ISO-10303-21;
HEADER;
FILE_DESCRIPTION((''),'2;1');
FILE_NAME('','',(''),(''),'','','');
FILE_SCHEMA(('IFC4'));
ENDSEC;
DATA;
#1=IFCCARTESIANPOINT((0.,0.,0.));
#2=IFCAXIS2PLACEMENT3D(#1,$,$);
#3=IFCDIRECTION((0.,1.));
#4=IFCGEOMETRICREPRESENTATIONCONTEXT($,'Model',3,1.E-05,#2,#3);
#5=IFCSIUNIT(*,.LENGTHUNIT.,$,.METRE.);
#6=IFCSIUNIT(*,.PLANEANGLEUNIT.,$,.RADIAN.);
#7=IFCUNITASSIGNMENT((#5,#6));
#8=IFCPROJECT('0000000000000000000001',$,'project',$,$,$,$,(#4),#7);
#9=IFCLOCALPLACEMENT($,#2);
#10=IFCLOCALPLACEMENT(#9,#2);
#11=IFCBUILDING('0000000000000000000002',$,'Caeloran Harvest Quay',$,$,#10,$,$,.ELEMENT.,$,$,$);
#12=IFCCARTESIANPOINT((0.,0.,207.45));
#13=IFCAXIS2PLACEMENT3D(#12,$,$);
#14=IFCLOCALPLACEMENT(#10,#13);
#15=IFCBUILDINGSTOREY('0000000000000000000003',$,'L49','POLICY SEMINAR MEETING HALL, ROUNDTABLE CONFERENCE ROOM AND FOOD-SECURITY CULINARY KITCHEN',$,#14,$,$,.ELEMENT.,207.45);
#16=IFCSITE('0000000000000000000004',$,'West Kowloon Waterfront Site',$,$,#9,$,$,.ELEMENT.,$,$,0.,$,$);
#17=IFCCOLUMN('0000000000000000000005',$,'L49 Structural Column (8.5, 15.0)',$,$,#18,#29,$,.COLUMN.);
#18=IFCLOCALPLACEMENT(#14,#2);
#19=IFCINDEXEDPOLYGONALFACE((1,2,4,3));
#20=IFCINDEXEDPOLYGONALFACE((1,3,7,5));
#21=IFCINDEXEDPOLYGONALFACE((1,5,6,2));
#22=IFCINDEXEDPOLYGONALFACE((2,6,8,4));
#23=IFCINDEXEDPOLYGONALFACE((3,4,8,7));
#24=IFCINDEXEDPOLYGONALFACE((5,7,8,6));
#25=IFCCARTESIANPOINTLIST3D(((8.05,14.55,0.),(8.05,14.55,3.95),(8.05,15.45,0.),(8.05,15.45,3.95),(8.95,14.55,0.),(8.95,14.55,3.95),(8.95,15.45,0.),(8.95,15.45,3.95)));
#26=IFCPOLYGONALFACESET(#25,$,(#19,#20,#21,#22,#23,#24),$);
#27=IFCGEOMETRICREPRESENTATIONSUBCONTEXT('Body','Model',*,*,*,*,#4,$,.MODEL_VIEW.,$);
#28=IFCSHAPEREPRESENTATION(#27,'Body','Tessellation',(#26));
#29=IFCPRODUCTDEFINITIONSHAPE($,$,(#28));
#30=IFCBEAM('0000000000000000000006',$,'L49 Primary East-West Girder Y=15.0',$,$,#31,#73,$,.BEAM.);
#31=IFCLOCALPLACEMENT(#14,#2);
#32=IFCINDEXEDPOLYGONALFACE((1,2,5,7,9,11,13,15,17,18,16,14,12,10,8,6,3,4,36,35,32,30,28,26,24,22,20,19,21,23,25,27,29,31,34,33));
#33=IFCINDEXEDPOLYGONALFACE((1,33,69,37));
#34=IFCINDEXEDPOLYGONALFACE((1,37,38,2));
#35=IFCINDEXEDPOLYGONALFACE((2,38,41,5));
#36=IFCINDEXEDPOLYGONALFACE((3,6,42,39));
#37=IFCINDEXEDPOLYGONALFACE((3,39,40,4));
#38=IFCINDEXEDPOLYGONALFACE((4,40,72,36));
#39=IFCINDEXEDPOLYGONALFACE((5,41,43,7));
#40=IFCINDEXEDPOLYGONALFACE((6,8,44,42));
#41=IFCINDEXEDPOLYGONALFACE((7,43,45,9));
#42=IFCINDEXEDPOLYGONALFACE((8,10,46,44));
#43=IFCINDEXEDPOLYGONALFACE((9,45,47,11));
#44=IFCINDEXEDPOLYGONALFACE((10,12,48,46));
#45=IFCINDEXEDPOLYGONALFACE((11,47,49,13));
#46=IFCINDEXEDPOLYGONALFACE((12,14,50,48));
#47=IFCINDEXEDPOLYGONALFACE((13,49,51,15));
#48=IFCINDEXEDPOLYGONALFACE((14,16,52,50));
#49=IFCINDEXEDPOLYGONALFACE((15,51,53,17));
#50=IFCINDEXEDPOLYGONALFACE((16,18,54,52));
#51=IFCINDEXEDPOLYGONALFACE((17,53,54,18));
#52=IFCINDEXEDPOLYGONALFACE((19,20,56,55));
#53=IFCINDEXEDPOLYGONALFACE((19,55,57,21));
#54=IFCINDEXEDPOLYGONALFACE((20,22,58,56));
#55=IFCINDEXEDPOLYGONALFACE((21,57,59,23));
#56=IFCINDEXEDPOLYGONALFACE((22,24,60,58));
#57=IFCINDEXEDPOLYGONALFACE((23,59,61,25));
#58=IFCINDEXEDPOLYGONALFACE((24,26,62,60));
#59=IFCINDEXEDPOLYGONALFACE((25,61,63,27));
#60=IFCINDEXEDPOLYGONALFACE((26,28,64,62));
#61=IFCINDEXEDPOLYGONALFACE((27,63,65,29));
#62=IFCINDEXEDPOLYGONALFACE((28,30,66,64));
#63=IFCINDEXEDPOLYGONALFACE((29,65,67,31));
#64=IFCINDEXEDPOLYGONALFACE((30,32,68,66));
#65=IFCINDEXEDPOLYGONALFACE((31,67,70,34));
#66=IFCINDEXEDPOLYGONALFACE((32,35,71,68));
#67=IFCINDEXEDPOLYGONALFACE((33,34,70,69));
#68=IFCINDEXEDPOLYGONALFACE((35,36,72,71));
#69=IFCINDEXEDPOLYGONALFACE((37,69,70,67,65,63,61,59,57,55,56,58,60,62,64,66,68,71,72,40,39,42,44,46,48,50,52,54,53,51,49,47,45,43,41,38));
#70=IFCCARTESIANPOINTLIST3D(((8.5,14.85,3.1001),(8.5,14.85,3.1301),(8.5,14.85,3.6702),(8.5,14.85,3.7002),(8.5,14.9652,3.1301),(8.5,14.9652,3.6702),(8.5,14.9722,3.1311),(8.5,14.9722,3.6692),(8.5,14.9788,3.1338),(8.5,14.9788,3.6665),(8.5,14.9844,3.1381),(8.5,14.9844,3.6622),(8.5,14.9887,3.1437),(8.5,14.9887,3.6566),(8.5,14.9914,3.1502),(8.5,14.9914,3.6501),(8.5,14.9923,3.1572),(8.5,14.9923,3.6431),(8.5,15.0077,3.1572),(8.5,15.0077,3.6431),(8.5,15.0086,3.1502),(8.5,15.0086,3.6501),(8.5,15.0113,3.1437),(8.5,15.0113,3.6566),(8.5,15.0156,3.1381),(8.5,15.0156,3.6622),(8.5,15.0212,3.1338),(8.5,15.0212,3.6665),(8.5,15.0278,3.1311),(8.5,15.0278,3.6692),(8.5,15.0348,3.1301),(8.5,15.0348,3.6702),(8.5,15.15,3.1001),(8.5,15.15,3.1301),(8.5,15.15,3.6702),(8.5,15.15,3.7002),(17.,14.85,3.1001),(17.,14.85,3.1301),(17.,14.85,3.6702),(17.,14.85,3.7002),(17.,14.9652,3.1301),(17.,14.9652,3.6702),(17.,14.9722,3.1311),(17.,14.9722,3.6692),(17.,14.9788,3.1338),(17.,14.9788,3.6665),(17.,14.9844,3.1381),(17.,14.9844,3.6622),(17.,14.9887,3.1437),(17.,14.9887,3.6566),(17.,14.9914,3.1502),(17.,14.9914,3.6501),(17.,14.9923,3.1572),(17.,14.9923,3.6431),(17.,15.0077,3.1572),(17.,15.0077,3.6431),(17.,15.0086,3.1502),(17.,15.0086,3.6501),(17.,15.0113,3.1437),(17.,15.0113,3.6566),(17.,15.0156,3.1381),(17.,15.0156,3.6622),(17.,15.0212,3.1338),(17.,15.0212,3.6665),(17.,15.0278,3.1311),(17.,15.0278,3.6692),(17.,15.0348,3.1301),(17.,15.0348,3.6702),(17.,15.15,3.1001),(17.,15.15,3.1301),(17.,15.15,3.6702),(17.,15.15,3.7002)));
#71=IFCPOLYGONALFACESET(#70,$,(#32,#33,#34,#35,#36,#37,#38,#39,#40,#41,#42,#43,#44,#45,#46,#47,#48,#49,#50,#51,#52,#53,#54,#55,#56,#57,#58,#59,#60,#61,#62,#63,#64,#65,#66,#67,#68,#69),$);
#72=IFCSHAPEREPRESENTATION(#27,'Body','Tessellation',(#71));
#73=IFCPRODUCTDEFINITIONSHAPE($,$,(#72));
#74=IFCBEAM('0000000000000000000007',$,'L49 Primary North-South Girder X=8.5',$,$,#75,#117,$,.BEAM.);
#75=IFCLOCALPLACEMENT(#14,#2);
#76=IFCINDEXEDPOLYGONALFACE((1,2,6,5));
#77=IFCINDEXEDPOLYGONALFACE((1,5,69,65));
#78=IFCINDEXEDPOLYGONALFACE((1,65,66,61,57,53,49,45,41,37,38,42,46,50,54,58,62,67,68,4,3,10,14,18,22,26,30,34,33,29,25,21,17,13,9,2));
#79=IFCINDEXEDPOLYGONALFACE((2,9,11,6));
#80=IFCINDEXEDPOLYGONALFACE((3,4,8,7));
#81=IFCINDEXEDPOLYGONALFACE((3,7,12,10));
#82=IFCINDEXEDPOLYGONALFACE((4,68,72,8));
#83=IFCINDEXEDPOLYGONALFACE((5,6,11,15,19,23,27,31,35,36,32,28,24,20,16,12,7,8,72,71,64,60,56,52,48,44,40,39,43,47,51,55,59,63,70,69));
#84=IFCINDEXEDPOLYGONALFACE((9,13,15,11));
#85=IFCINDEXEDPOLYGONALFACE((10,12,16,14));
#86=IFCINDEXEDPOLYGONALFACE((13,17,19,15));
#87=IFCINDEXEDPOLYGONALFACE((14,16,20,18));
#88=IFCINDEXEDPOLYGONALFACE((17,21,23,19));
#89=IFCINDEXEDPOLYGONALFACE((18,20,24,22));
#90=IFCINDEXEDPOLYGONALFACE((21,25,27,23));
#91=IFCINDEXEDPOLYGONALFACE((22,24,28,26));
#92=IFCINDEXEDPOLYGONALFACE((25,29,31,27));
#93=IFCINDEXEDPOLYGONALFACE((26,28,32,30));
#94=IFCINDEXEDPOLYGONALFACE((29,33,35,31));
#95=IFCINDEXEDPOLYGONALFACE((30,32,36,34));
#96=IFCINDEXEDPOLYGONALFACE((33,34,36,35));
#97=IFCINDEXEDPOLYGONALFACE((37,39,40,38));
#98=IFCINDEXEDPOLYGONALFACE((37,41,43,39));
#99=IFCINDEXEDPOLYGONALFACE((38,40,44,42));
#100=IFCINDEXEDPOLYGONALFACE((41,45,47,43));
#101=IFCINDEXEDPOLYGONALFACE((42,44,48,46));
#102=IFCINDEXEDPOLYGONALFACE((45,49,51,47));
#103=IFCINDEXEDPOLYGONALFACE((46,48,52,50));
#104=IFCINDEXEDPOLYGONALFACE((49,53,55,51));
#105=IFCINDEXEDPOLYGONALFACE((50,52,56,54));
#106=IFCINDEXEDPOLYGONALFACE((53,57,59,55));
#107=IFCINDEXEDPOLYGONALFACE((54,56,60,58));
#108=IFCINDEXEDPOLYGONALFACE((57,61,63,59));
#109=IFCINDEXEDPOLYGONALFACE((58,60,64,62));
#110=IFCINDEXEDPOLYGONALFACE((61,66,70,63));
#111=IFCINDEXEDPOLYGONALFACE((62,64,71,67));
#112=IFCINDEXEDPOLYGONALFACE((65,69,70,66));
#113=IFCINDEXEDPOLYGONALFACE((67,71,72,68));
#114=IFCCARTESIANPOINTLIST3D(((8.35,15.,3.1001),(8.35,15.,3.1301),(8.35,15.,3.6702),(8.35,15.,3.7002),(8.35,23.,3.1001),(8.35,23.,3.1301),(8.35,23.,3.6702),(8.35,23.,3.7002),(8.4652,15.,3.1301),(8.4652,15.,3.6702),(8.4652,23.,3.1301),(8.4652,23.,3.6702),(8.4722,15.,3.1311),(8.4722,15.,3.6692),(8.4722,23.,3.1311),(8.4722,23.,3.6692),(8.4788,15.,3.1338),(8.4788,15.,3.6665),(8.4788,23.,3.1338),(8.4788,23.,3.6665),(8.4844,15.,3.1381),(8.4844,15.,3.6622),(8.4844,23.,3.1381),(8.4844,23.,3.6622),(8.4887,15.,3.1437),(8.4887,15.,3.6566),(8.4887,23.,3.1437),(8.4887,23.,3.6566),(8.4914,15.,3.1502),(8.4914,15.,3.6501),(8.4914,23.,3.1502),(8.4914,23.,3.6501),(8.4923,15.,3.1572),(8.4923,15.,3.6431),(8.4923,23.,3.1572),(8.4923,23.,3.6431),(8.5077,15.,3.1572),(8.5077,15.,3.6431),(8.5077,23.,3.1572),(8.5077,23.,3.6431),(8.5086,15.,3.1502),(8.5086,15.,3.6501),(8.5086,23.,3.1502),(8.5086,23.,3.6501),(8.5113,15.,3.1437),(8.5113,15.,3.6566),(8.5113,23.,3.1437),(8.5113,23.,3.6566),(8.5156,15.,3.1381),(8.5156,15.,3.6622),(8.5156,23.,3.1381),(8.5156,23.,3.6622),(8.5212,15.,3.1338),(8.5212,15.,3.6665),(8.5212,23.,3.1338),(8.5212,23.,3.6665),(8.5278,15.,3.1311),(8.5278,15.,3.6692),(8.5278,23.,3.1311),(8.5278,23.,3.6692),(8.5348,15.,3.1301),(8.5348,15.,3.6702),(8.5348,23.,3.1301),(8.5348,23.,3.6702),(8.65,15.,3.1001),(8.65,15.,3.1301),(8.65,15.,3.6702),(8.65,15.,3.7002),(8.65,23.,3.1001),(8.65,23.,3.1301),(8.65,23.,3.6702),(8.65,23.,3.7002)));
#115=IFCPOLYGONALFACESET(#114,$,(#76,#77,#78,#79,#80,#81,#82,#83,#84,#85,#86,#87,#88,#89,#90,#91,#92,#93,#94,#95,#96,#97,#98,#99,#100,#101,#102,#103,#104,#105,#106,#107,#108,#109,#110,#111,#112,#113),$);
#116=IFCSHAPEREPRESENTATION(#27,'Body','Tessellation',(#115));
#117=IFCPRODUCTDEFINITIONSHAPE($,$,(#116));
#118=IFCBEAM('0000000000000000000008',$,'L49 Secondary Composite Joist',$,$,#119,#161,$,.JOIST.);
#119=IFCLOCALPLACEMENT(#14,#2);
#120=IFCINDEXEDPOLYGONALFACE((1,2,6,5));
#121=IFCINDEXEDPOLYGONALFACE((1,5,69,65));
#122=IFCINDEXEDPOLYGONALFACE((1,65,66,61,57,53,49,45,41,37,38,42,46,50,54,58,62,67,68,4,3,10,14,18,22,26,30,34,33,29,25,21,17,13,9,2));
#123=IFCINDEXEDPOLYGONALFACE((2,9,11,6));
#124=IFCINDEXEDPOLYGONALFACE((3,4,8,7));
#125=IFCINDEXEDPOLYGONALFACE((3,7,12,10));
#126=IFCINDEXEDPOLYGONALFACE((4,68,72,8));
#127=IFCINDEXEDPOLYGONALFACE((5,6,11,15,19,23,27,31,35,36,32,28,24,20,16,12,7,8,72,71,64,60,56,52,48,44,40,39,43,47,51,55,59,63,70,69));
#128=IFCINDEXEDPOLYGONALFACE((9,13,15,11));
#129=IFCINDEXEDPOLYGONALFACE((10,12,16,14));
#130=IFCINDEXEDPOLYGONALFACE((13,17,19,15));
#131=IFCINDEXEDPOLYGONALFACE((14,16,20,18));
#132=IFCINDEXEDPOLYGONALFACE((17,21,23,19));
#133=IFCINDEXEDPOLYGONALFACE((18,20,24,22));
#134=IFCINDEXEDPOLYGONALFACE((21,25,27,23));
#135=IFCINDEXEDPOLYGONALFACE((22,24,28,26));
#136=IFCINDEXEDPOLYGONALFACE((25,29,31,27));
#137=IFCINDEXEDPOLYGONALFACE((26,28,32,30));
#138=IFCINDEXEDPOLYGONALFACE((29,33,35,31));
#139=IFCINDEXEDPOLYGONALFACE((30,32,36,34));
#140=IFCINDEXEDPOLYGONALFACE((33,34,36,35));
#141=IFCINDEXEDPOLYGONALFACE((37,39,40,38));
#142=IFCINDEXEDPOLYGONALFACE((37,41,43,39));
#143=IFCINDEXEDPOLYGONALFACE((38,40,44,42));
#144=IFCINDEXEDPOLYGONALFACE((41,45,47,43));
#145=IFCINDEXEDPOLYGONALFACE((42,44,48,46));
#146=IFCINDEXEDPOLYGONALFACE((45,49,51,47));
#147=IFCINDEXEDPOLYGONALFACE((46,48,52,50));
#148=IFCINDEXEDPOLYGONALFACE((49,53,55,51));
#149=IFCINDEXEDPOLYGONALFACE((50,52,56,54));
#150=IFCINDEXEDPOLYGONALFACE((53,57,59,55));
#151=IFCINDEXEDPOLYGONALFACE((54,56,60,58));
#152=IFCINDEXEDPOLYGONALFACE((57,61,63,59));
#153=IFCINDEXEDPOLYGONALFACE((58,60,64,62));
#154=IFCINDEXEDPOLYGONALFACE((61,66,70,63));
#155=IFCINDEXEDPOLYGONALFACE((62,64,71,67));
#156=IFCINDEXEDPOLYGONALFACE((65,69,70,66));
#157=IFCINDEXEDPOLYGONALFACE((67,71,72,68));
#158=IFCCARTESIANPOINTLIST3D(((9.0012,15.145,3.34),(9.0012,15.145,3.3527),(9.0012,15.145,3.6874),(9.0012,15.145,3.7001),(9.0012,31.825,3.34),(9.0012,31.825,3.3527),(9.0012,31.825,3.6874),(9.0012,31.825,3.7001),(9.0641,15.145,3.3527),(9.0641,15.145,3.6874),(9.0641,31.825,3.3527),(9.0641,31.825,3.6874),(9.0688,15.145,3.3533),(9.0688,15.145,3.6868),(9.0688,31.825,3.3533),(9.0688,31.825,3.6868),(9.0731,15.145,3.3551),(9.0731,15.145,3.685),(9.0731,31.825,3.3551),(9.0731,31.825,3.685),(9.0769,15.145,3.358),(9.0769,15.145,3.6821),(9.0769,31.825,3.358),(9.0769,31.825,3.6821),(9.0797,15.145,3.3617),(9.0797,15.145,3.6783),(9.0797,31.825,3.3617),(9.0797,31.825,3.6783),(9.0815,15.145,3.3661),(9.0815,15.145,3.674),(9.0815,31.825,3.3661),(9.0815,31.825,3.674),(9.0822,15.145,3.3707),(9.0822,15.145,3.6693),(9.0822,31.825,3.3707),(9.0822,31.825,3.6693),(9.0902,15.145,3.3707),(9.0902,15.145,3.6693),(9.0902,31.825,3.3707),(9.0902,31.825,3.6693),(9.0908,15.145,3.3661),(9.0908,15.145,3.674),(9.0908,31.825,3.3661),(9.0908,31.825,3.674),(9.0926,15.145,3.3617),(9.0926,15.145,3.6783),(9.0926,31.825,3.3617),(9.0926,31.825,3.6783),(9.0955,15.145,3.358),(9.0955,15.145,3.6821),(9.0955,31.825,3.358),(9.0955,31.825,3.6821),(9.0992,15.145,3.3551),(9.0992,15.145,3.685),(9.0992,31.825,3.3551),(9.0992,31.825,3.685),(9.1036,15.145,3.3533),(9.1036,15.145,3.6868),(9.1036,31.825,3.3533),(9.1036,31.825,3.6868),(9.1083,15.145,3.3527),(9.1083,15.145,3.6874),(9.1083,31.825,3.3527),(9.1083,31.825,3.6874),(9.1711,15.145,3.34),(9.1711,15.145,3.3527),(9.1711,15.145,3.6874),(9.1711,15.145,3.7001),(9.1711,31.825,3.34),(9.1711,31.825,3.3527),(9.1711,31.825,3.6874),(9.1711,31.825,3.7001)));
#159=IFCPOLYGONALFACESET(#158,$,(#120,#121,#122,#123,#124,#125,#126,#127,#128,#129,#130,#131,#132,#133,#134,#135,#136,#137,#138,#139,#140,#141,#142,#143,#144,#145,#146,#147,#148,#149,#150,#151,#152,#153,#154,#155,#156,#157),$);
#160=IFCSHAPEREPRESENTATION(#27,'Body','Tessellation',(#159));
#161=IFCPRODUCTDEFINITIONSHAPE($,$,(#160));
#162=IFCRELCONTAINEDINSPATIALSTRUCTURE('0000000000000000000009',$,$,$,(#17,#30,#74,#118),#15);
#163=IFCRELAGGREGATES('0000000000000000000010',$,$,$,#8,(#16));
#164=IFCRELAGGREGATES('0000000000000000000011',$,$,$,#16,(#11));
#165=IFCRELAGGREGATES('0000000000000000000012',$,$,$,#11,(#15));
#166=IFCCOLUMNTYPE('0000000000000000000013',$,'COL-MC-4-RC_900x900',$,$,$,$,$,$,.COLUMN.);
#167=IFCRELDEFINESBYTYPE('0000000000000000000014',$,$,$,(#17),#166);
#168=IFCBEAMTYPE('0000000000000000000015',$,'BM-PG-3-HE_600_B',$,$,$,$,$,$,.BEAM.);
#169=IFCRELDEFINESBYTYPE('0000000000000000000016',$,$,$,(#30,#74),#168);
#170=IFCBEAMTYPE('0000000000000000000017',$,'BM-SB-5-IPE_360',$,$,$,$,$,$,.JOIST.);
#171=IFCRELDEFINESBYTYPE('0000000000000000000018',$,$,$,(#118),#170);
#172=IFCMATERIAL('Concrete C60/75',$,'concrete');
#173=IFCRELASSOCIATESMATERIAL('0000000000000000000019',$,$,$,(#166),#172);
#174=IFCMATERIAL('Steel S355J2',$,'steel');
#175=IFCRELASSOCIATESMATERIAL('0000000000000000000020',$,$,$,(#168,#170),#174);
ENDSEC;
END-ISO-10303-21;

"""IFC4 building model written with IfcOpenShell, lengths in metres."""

from ifc_helpers import new_model, si_unit, direction, frame, origin, origin_2d, place, context, subcontext, project, spatial, rectangle, i_section, extrude, material, material_profile, profile_set, type_object, element, save


model = new_model("IFC4")

# Units and contexts
model_context = context("Model", 3, precision=1e-05, world=origin(), true_north=direction((0.0, 1.0)))
body_context = subcontext(model_context, "Body", "Model", "MODEL_VIEW")
ifc_project = project(units=[si_unit("LENGTHUNIT", "METRE"), si_unit("PLANEANGLEUNIT", "RADIAN")], contexts=[model_context])

# Site, building, storey
site_placement = place(None, origin())
site = spatial("IfcSite", under=ifc_project, at=site_placement, Name="West Kowloon Waterfront Site", CompositionType="ELEMENT", RefElevation=0.0)
building_placement = place(site_placement, origin())
building = spatial("IfcBuilding", under=site, at=building_placement, Name="Caeloran Harvest Quay", CompositionType="ELEMENT")
storey_placement = place(building_placement, frame((0.0, 0.0, 207.45)))
storey = spatial("IfcBuildingStorey", under=building, at=storey_placement, Name="L49", Description="POLICY SEMINAR MEETING HALL, ROUNDTABLE CONFERENCE ROOM AND FOOD-SECURITY CULINARY KITCHEN", CompositionType="ELEMENT", Elevation=207.45)

# Column
ifc_material_1 = material(Name="Concrete C60/75", Category="concrete")
ifc_material_profile_1 = material_profile(ifc_material_1, rectangle(XDim=0.8999, YDim=0.8999, at=origin_2d()), Name="RC 900x900")
ifc_profile_set_1 = profile_set([ifc_material_profile_1], Name="Concrete C60/75")
column_type = type_object("IfcColumnType", Name="COL-MC-4-RC_900x900", PredefinedType="COLUMN", material=ifc_profile_set_1)
column_placement = place(storey_placement, frame((8.5, 15.0, 0.0), z_axis=(0.0, 0.0, 1.0), x_axis=(1.0, 0.0, 0.0)))
element("IfcColumn", 1, at=column_placement, inside=storey, type_object=column_type, Name="L49 Structural Column (8.5, 15.0)", PredefinedType="COLUMN", context=body_context, shape_type="SweptSolid", body=[
    extrude(rectangle(XDim=0.8999, YDim=0.8999, at=origin_2d()), origin(), (0.0, 0.0, 1.0), 3.95),
])

# Beams
ifc_material_2 = material(Name="Steel S355J2", Category="steel")
ifc_material_profile_2 = material_profile(ifc_material_2, i_section(OverallWidth=0.3, OverallDepth=0.6001, WebThickness=0.0154, FlangeThickness=0.03, FilletRadius=0.0271, at=origin_2d()), Name="HE 600 B")
ifc_profile_set_2 = profile_set([ifc_material_profile_2], Name="Steel S355J2")
beam_type_1 = type_object("IfcBeamType", Name="BM-PG-3-HE_600_B", PredefinedType="BEAM", material=ifc_profile_set_2)
beam_1_placement = place(storey_placement, frame((8.5, 15.0, 3.4001), z_axis=(1.0, 0.0, 0.0), x_axis=(0.0, 1.0, 0.0)))
element("IfcBeam", 2, at=beam_1_placement, inside=storey, type_object=beam_type_1, Name="L49 Primary East-West Girder Y=15.0", PredefinedType="BEAM", context=body_context, shape_type="SweptSolid", body=[
    extrude(i_section(OverallWidth=0.3, OverallDepth=0.6001, WebThickness=0.0154, FlangeThickness=0.03, FilletRadius=0.0271, at=origin_2d()), origin(), (0.0, 0.0, 1.0), 8.5),
])
beam_2_placement = place(storey_placement, frame((8.5, 15.0, 3.4001), z_axis=(0.0, 1.0, 0.0), x_axis=(-1.0, 0.0, 0.0)))
element("IfcBeam", 3, at=beam_2_placement, inside=storey, type_object=beam_type_1, Name="L49 Primary North-South Girder X=8.5", PredefinedType="BEAM", context=body_context, shape_type="SweptSolid", body=[
    extrude(i_section(OverallWidth=0.3, OverallDepth=0.6001, WebThickness=0.0154, FlangeThickness=0.03, FilletRadius=0.0271, at=origin_2d()), origin(), (0.0, 0.0, 1.0), 8.0),
])
ifc_material_profile_3 = material_profile(ifc_material_2, i_section(OverallWidth=0.1699, OverallDepth=0.3601, WebThickness=0.0081, FlangeThickness=0.0127, FilletRadius=0.0181, at=origin_2d()), Name="IPE 360")
ifc_profile_set_3 = profile_set([ifc_material_profile_3], Name="Steel S355J2")
beam_type_2 = type_object("IfcBeamType", Name="BM-SB-5-IPE_360", PredefinedType="JOIST", material=ifc_profile_set_3)
for number, where, z_axis, x_axis, name in (
    (4, (9.0862, 15.145, 3.52), (0.0, 1.0, 0.0), (-1.0, 0.0, 0.0), "L49 Secondary Composite Joist"),
):
    element("IfcBeam", number, at=place(storey_placement, frame(where, z_axis=z_axis, x_axis=x_axis)), inside=storey, type_object=beam_type_2, Name=name, PredefinedType="JOIST", context=body_context, shape_type="SweptSolid", body=[
        extrude(i_section(OverallWidth=0.1699, OverallDepth=0.3601, WebThickness=0.0081, FlangeThickness=0.0127, FilletRadius=0.0181, at=origin_2d()), origin(), (0.0, 0.0, 1.0), 16.6799),
    ])

save(model, "model.ifc")
